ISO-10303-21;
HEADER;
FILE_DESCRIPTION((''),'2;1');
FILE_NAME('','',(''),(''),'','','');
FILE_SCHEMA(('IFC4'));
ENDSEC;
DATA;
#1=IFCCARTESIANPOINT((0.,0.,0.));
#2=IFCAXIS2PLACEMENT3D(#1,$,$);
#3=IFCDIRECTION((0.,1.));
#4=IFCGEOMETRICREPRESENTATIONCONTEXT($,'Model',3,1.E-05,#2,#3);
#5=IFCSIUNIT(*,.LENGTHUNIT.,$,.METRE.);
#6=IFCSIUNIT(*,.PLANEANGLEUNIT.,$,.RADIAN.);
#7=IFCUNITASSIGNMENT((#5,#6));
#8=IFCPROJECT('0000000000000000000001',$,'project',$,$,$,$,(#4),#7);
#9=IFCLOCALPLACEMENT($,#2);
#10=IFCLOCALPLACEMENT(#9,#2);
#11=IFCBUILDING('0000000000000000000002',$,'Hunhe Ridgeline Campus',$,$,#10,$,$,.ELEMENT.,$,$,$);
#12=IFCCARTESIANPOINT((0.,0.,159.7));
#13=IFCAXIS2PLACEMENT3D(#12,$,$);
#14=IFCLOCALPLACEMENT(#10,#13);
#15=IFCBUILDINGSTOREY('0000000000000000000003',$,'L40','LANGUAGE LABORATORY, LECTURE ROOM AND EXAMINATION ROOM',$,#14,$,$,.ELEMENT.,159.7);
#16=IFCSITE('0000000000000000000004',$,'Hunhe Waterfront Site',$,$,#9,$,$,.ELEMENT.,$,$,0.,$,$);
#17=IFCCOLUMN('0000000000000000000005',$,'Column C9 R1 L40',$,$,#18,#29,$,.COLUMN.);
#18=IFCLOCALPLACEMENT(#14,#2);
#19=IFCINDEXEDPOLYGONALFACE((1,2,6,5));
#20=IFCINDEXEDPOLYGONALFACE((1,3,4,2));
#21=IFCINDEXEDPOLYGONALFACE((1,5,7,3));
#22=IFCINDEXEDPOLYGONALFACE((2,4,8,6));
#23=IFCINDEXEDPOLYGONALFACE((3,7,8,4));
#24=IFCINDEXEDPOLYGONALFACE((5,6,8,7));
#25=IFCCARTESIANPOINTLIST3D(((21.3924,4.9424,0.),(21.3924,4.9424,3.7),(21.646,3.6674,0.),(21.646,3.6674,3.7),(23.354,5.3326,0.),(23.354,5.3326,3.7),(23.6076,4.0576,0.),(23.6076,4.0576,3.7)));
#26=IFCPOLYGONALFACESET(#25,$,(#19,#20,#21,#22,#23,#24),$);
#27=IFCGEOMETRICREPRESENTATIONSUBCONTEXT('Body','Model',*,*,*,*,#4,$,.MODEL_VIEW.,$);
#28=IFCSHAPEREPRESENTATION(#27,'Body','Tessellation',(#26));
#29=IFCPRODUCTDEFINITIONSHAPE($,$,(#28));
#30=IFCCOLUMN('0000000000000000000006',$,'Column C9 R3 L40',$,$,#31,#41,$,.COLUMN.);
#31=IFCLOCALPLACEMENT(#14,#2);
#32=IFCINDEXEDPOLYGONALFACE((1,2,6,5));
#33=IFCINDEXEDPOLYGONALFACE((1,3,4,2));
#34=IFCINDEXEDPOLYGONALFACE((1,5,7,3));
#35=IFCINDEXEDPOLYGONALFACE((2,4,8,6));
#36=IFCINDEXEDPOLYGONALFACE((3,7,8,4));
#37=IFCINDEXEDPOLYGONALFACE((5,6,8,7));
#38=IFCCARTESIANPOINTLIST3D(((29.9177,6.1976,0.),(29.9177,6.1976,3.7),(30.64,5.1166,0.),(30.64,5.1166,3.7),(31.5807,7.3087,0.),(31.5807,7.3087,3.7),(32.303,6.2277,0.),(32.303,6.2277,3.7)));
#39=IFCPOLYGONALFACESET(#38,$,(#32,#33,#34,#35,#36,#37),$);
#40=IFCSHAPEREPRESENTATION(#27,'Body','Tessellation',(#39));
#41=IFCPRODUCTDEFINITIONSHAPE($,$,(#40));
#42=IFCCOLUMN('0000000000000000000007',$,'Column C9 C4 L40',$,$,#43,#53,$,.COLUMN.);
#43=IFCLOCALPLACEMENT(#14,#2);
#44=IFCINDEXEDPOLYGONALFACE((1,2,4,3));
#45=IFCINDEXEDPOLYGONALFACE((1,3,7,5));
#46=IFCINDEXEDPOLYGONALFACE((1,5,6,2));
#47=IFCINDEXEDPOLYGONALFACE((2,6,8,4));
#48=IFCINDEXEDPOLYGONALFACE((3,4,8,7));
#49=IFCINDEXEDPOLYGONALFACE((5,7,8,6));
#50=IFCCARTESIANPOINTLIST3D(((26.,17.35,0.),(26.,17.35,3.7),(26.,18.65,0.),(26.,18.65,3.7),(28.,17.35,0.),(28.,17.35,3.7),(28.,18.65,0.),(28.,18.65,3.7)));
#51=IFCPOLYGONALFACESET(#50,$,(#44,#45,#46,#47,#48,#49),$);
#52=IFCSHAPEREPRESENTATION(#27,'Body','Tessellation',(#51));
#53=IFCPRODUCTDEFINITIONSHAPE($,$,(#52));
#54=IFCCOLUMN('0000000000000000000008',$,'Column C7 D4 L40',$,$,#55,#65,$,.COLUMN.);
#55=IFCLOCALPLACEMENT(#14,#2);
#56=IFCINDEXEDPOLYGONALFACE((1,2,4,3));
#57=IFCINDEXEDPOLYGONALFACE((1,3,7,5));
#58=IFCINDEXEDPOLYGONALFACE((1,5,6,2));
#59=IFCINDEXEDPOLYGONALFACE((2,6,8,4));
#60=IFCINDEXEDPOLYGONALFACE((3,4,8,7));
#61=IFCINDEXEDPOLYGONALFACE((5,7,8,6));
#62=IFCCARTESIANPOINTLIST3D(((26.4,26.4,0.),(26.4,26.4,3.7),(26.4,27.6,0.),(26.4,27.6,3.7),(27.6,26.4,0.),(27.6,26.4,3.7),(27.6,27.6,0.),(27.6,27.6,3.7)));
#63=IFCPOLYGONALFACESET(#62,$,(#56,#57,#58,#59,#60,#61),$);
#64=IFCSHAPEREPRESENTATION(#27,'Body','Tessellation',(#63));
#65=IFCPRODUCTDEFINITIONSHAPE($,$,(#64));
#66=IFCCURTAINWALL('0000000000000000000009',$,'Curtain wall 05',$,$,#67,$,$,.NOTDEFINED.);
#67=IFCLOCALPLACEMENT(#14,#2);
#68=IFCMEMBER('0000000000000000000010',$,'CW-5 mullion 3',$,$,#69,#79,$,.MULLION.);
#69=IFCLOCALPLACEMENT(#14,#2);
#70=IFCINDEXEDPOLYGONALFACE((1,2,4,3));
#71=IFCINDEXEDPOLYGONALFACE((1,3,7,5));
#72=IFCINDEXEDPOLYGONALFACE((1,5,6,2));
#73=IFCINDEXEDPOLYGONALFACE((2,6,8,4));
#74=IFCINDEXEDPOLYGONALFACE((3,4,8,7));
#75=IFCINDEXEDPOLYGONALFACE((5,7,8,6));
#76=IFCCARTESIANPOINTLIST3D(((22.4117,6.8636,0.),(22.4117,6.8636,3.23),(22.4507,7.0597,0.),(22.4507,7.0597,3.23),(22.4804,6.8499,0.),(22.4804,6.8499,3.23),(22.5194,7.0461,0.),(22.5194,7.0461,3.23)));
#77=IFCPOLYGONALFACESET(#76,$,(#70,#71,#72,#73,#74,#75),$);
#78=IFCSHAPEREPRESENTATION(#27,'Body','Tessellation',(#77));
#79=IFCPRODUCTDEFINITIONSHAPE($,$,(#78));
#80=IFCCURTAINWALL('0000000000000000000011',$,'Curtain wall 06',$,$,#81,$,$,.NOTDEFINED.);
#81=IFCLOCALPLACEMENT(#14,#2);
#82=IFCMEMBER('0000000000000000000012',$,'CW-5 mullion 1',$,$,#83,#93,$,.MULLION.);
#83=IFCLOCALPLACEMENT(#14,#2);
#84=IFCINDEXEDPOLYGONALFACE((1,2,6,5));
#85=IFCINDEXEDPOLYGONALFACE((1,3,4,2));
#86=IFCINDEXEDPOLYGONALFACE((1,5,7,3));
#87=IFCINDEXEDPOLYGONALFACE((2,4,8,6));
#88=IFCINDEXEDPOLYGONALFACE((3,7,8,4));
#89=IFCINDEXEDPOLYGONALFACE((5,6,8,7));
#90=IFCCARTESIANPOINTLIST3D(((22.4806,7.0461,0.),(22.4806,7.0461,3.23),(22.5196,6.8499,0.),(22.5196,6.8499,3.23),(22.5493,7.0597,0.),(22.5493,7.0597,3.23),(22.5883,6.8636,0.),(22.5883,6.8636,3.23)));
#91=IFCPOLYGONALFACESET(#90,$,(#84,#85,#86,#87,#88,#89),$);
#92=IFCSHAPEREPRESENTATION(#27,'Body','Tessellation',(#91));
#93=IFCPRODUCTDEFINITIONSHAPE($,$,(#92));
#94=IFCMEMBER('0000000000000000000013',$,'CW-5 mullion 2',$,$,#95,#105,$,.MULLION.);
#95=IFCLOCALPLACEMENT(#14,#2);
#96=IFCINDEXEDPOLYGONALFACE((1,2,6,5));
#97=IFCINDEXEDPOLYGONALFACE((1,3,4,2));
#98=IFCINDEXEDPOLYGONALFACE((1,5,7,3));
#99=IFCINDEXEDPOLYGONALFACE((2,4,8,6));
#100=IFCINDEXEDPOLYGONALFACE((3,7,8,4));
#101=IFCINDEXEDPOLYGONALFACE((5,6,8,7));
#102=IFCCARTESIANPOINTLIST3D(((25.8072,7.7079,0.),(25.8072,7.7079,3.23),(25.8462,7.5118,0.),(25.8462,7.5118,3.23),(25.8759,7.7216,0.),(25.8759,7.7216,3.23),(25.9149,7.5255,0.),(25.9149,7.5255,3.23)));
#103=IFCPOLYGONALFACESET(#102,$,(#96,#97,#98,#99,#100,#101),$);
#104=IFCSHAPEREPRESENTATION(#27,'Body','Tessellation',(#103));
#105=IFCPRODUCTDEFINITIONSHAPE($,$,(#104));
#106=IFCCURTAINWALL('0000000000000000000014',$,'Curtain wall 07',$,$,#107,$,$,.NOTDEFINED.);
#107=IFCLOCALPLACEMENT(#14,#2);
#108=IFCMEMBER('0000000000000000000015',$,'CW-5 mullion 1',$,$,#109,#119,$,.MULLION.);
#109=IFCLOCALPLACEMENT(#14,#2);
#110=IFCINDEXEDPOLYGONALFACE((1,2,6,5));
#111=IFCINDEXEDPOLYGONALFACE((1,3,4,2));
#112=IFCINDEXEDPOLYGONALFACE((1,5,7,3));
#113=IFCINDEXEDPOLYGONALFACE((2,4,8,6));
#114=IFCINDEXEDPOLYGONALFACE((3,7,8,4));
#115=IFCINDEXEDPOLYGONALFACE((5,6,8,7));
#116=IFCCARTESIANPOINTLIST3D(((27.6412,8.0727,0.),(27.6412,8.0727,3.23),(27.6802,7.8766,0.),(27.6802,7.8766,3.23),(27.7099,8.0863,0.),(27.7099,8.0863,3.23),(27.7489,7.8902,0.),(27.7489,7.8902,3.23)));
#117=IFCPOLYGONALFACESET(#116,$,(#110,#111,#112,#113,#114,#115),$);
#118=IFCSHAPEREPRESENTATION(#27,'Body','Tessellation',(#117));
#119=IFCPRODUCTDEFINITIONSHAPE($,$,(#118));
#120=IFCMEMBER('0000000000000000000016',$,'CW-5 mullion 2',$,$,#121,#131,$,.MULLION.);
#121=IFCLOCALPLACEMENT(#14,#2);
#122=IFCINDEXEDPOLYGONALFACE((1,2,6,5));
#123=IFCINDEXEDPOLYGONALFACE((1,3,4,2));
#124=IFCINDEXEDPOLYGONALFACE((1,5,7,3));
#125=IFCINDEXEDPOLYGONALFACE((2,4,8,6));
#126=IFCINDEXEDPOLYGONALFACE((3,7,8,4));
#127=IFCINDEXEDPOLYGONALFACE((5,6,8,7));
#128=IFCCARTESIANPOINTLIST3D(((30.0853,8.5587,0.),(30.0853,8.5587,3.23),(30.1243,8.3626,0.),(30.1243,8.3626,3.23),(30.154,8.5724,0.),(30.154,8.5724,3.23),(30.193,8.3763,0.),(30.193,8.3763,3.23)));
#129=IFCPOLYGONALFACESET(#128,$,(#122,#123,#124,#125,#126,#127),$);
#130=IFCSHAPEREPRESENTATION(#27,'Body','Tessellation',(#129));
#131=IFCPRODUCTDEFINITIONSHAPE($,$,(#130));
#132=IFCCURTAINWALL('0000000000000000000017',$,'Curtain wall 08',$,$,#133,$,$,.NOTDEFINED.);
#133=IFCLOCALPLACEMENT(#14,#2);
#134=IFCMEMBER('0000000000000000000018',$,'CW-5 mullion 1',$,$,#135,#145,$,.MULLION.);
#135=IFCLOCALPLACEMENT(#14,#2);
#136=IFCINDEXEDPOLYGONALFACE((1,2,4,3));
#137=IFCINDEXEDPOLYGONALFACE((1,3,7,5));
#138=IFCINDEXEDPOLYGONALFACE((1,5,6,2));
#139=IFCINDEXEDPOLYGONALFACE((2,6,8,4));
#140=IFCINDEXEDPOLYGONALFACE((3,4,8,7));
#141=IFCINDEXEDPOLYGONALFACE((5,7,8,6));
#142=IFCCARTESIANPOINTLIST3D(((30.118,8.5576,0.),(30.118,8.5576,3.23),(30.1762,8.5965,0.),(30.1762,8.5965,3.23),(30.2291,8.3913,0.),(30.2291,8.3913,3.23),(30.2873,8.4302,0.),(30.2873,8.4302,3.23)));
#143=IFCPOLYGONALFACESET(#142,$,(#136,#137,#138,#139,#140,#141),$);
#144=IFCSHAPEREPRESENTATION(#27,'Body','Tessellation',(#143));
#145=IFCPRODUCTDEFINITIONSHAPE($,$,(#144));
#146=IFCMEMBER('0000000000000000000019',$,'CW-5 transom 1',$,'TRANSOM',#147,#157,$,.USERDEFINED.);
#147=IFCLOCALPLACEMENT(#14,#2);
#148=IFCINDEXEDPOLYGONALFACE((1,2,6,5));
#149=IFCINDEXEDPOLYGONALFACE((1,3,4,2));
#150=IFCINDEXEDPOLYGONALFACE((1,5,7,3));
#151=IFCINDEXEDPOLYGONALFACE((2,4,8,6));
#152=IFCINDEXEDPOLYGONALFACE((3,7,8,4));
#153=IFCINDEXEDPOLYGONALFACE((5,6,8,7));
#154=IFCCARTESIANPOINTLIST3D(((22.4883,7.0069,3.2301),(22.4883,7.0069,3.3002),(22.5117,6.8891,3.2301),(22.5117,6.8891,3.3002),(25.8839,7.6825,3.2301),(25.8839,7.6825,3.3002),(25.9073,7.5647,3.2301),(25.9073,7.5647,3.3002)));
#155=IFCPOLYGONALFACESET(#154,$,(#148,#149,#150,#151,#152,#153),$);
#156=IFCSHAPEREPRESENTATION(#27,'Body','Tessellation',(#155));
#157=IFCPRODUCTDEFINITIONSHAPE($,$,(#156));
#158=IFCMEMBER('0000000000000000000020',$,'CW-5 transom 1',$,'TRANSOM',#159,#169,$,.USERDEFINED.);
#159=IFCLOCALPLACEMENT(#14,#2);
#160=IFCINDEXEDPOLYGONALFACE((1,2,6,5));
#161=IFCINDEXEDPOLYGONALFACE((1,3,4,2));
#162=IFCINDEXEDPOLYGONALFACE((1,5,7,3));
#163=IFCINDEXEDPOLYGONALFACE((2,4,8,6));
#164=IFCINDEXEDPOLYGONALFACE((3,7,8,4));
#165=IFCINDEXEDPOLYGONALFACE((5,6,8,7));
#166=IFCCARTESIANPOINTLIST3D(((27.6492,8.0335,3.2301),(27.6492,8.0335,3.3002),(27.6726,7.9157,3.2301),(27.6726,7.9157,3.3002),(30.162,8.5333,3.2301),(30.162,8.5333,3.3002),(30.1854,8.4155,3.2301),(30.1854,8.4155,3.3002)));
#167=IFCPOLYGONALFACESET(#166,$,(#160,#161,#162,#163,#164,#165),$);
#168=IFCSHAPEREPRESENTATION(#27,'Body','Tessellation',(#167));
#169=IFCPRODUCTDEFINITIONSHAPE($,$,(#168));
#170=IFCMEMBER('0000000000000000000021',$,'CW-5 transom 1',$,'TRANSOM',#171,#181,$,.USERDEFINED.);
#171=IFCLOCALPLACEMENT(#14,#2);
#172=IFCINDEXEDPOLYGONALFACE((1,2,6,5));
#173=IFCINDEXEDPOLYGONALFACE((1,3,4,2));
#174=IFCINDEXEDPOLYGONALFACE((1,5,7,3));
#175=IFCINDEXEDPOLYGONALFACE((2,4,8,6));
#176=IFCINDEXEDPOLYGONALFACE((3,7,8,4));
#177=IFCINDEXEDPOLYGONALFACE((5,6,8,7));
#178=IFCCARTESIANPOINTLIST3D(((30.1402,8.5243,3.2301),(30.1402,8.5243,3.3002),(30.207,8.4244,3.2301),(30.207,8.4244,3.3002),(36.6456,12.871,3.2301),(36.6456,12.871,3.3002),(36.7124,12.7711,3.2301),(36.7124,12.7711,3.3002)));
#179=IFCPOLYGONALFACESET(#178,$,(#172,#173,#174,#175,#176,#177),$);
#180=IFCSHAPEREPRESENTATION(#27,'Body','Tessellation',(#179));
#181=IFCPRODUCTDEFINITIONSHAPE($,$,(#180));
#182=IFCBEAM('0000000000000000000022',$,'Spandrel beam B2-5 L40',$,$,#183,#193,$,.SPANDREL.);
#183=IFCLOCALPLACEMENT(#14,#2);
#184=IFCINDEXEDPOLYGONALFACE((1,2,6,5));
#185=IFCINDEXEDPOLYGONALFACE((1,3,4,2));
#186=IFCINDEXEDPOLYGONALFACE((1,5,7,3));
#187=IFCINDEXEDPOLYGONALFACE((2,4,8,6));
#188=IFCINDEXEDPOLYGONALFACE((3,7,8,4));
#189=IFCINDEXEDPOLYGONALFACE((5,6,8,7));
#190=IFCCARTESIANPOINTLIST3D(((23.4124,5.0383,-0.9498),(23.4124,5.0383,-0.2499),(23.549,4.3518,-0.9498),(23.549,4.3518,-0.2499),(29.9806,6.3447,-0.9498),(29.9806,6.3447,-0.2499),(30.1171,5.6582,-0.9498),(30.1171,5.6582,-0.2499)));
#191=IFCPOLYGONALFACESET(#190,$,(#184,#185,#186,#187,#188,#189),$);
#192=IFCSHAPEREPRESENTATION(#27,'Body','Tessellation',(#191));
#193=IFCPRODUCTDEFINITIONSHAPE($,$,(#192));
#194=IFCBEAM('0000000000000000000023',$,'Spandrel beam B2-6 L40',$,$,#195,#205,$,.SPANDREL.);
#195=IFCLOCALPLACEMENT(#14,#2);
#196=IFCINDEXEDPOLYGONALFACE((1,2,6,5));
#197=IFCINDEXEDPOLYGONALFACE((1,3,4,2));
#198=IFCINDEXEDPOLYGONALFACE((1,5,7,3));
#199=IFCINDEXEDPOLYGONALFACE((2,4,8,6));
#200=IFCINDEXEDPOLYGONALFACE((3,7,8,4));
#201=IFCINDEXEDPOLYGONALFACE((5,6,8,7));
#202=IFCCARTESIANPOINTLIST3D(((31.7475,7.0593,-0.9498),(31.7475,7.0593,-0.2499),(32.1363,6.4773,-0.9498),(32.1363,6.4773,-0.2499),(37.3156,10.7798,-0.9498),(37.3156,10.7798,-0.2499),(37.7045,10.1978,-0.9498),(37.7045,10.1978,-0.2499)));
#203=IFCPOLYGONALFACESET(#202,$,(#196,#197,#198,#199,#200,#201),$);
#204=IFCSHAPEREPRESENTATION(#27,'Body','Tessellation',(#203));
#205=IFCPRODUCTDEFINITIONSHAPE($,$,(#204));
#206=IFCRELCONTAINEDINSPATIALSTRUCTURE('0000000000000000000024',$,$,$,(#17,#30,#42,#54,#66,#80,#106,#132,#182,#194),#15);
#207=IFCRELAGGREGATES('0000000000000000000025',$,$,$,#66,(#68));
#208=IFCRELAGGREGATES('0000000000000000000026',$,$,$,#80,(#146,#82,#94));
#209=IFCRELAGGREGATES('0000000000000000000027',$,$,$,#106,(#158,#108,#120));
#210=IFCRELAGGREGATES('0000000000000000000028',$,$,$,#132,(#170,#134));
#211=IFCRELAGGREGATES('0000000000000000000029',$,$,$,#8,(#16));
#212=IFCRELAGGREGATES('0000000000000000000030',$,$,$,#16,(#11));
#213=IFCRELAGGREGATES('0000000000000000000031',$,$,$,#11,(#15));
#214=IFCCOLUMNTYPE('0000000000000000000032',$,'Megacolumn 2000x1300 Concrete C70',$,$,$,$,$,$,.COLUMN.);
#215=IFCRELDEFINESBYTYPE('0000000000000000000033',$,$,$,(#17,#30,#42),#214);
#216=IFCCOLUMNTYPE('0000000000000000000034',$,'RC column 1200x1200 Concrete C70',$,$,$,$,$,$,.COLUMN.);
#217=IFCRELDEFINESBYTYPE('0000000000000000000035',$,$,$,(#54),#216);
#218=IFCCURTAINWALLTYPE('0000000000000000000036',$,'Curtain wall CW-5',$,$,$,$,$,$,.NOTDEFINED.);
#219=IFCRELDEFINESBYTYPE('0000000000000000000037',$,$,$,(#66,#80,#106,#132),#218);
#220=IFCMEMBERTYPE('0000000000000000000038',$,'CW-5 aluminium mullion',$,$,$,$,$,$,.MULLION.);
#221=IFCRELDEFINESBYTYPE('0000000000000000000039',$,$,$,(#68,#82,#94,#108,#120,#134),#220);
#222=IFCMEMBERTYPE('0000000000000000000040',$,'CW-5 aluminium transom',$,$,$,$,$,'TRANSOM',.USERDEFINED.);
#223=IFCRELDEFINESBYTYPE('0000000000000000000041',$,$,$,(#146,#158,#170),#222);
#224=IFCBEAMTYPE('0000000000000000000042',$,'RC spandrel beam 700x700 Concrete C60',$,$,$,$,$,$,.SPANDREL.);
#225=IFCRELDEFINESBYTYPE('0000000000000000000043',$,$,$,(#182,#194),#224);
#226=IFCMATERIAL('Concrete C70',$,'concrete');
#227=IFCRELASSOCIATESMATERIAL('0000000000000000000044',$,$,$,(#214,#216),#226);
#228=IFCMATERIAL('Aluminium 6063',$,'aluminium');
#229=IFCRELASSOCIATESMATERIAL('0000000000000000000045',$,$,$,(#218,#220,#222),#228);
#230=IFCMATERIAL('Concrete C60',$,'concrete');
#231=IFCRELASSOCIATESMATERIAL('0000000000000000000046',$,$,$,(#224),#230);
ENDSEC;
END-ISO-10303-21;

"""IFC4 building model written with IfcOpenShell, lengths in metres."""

from ifc_helpers import new_model, si_unit, direction, frame, origin, origin_2d, place, context, subcontext, project, spatial, rectangle, extrude, material, material_profile, profile_set, type_object, element, aggregate, save


model = new_model("IFC4")

# Units and contexts
model_context = context("Model", 3, precision=1e-05, world=origin(), true_north=direction((0.0, 1.0)))
body_context = subcontext(model_context, "Body", "Model", "MODEL_VIEW")
ifc_project = project(units=[si_unit("LENGTHUNIT", "METRE"), si_unit("PLANEANGLEUNIT", "RADIAN")], contexts=[model_context])

# Site, building, storey
site_placement = place(None, origin())
site = spatial("IfcSite", under=ifc_project, at=site_placement, Name="Hunhe Waterfront Site", CompositionType="ELEMENT", RefElevation=0.0)
building_placement = place(site_placement, origin())
building = spatial("IfcBuilding", under=site, at=building_placement, Name="Hunhe Ridgeline Campus", CompositionType="ELEMENT")
storey_placement = place(building_placement, frame((0.0, 0.0, 159.7)))
storey = spatial("IfcBuildingStorey", under=building, at=storey_placement, Name="L40", Description="LANGUAGE LABORATORY, LECTURE ROOM AND EXAMINATION ROOM", CompositionType="ELEMENT", Elevation=159.7)

# Columns
ifc_material_1 = material(Name="Concrete C70", Category="concrete")
ifc_material_profile_1 = material_profile(ifc_material_1, rectangle(XDim=2.0, YDim=1.3, at=origin_2d()))
ifc_profile_set_1 = profile_set([ifc_material_profile_1], Name="Concrete C70")
column_type_1 = type_object("IfcColumnType", Name="Megacolumn 2000x1300 Concrete C70", PredefinedType="COLUMN", material=ifc_profile_set_1)
for number, where, z_axis, x_axis, name in (
    (1, (22.5, 4.5, 0.0), (0.0, 0.0, 1.0), (0.980785, 0.19509, 0.0), "Column C9 R1 L40"),
    (2, (31.1104, 6.2126, 0.0), (0.0, 0.0, 1.0), (0.83147, 0.55557, 0.0), "Column C9 R3 L40"),
    (3, (27.0, 18.0, 0.0), (0.0, 0.0, 1.0), (1.0, 0.0, 0.0), "Column C9 C4 L40"),
):
    element("IfcColumn", number, at=place(storey_placement, frame(where, z_axis=z_axis, x_axis=x_axis)), inside=storey, type_object=column_type_1, Name=name, PredefinedType="COLUMN", context=body_context, shape_type="SweptSolid", body=[
        extrude(rectangle(XDim=2.0, YDim=1.3, at=origin_2d()), origin(), (0.0, 0.0, 1.0), 3.7),
    ])
ifc_material_profile_2 = material_profile(ifc_material_1, rectangle(XDim=1.2, YDim=1.2, at=origin_2d()))
ifc_profile_set_2 = profile_set([ifc_material_profile_2], Name="Concrete C70")
column_type_2 = type_object("IfcColumnType", Name="RC column 1200x1200 Concrete C70", PredefinedType="COLUMN", material=ifc_profile_set_2)
column_placement = place(storey_placement, frame((27.0, 27.0, 0.0), z_axis=(0.0, 0.0, 1.0), x_axis=(1.0, 0.0, 0.0)))
element("IfcColumn", 4, at=column_placement, inside=storey, type_object=column_type_2, Name="Column C7 D4 L40", PredefinedType="COLUMN", context=body_context, shape_type="SweptSolid", body=[
    extrude(rectangle(XDim=1.2, YDim=1.2, at=origin_2d()), origin(), (0.0, 0.0, 1.0), 3.7),
])

# Curtain wall, member
ifc_material_2 = material(Name="Aluminium 6063", Category="aluminium")
curtain_wall_type = type_object("IfcCurtainWallType", Name="Curtain wall CW-5", PredefinedType="NOTDEFINED", material=ifc_material_2)
curtain_wall_1_placement = place(storey_placement, origin())
curtain_wall_1 = element("IfcCurtainWall", 5, at=curtain_wall_1_placement, inside=storey, type_object=curtain_wall_type, Name="Curtain wall 05", PredefinedType="NOTDEFINED")
ifc_material_profile_3 = material_profile(ifc_material_2, rectangle(XDim=0.2, YDim=0.0701, at=origin_2d()))
ifc_profile_set_3 = profile_set([ifc_material_profile_3], Name="Aluminium 6063")
member_type_1 = type_object("IfcMemberType", Name="CW-5 aluminium mullion", PredefinedType="MULLION", material=ifc_profile_set_3)
member_1_placement = place(storey_placement, frame((22.4656, 6.9548, 0.0), z_axis=(0.0, 0.0, 1.0), x_axis=(0.19509, 0.980785, 0.0)))
member_1 = element("IfcMember", 6, at=member_1_placement, type_object=member_type_1, Name="CW-5 mullion 3", PredefinedType="MULLION", context=body_context, shape_type="SweptSolid", body=[
    extrude(rectangle(XDim=0.2, YDim=0.0701, at=origin_2d()), origin(), (0.0, 0.0, 1.0), 3.23),
])

# Curtain walls, members
curtain_wall_2_placement = place(storey_placement, origin())
curtain_wall_2 = element("IfcCurtainWall", 7, at=curtain_wall_2_placement, inside=storey, type_object=curtain_wall_type, Name="Curtain wall 06", PredefinedType="NOTDEFINED")
member_2_placement = place(storey_placement, frame((22.5344, 6.9548, 0.0), z_axis=(0.0, 0.0, 1.0), x_axis=(-0.19509, 0.980785, 0.0)))
member_2 = element("IfcMember", 8, at=member_2_placement, type_object=member_type_1, Name="CW-5 mullion 1", PredefinedType="MULLION", context=body_context, shape_type="SweptSolid", body=[
    extrude(rectangle(XDim=0.2, YDim=0.0701, at=origin_2d()), origin(), (0.0, 0.0, 1.0), 3.23),
])
member_3_placement = place(storey_placement, frame((25.8611, 7.6167, 0.0), z_axis=(0.0, 0.0, 1.0), x_axis=(-0.19509, 0.980785, 0.0)))
member_3 = element("IfcMember", 9, at=member_3_placement, type_object=member_type_1, Name="CW-5 mullion 2", PredefinedType="MULLION", context=body_context, shape_type="SweptSolid", body=[
    extrude(rectangle(XDim=0.2, YDim=0.0701, at=origin_2d()), origin(), (0.0, 0.0, 1.0), 3.23),
])
curtain_wall_3_placement = place(storey_placement, origin())
curtain_wall_3 = element("IfcCurtainWall", 10, at=curtain_wall_3_placement, inside=storey, type_object=curtain_wall_type, Name="Curtain wall 07", PredefinedType="NOTDEFINED")
member_4_placement = place(storey_placement, frame((27.6951, 7.9814, 0.0), z_axis=(0.0, 0.0, 1.0), x_axis=(-0.195091, 0.980785, 0.0)))
member_4 = element("IfcMember", 11, at=member_4_placement, type_object=member_type_1, Name="CW-5 mullion 1", PredefinedType="MULLION", context=body_context, shape_type="SweptSolid", body=[
    extrude(rectangle(XDim=0.2, YDim=0.0701, at=origin_2d()), origin(), (0.0, 0.0, 1.0), 3.23),
])
member_5_placement = place(storey_placement, frame((30.1392, 8.4675, 0.0), z_axis=(0.0, 0.0, 1.0), x_axis=(-0.195091, 0.980785, 0.0)))
member_5 = element("IfcMember", 12, at=member_5_placement, type_object=member_type_1, Name="CW-5 mullion 2", PredefinedType="MULLION", context=body_context, shape_type="SweptSolid", body=[
    extrude(rectangle(XDim=0.2, YDim=0.0701, at=origin_2d()), origin(), (0.0, 0.0, 1.0), 3.23),
])

# Curtain wall, member
curtain_wall_4_placement = place(storey_placement, origin())
curtain_wall_4 = element("IfcCurtainWall", 13, at=curtain_wall_4_placement, inside=storey, type_object=curtain_wall_type, Name="Curtain wall 08", PredefinedType="NOTDEFINED")
member_6_placement = place(storey_placement, frame((30.2026, 8.4939, 0.0), z_axis=(0.0, 0.0, 1.0), x_axis=(-0.55557, 0.83147, 0.0)))
member_6 = element("IfcMember", 14, at=member_6_placement, type_object=member_type_1, Name="CW-5 mullion 1", PredefinedType="MULLION", context=body_context, shape_type="SweptSolid", body=[
    extrude(rectangle(XDim=0.2, YDim=0.0701, at=origin_2d()), origin(), (0.0, 0.0, 1.0), 3.23),
])

# Members
ifc_material_profile_4 = material_profile(ifc_material_2, rectangle(XDim=0.1201, YDim=0.0701, at=origin_2d()))
ifc_profile_set_4 = profile_set([ifc_material_profile_4], Name="Aluminium 6063")
member_type_2 = type_object("IfcMemberType", Name="CW-5 aluminium transom", ElementType="TRANSOM", PredefinedType="USERDEFINED", material=ifc_profile_set_4)
member_7_placement = place(storey_placement, frame((22.5, 6.948, 3.2651), z_axis=(0.980778, 0.195126, 0.0), x_axis=(-0.195126, 0.980778, 0.0)))
member_7 = element("IfcMember", 15, at=member_7_placement, type_object=member_type_2, Name="CW-5 transom 1", ObjectType="TRANSOM", PredefinedType="USERDEFINED", context=body_context, shape_type="SweptSolid", body=[
    extrude(rectangle(XDim=0.1201, YDim=0.0701, at=origin_2d()), origin(), (0.0, 0.0, 1.0), 3.4622),
])
member_8_placement = place(storey_placement, frame((27.6609, 7.9746, 3.2651), z_axis=(0.980789, 0.195071, 0.0), x_axis=(-0.195071, 0.980789, 0.0)))
member_8 = element("IfcMember", 16, at=member_8_placement, type_object=member_type_2, Name="CW-5 transom 1", ObjectType="TRANSOM", PredefinedType="USERDEFINED", context=body_context, shape_type="SweptSolid", body=[
    extrude(rectangle(XDim=0.1201, YDim=0.0701, at=origin_2d()), origin(), (0.0, 0.0, 1.0), 2.562),
])
member_9_placement = place(storey_placement, frame((30.1736, 8.4744, 3.2651), z_axis=(0.831474, 0.555564, 0.0), x_axis=(-0.555564, 0.831474, 0.0)))
member_9 = element("IfcMember", 17, at=member_9_placement, type_object=member_type_2, Name="CW-5 transom 1", ObjectType="TRANSOM", PredefinedType="USERDEFINED", context=body_context, shape_type="SweptSolid", body=[
    extrude(rectangle(XDim=0.1201, YDim=0.0701, at=origin_2d()), origin(), (0.0, 0.0, 1.0), 7.824),
])

# Beams
ifc_material_3 = material(Name="Concrete C60", Category="concrete")
ifc_material_profile_5 = material_profile(ifc_material_3, rectangle(XDim=0.7, YDim=0.7, at=origin_2d()))
ifc_profile_set_5 = profile_set([ifc_material_profile_5], Name="Concrete C60")
beam_type = type_object("IfcBeamType", Name="RC spandrel beam 700x700 Concrete C60", PredefinedType="SPANDREL", material=ifc_profile_set_5)
for number, where, z_axis, x_axis, name in (
    (18, (23.4807, 4.6951, -0.5999), (0.980788, 0.195078, 0.0), (-0.195078, 0.980788, 0.0), "Spandrel beam B2-5 L40"),
    (19, (31.9419, 6.7683, -0.5999), (0.831472, 0.555566, 0.0), (-0.555566, 0.831472, 0.0), "Spandrel beam B2-6 L40"),
):
    element("IfcBeam", number, at=place(storey_placement, frame(where, z_axis=z_axis, x_axis=x_axis)), inside=storey, type_object=beam_type, Name=name, PredefinedType="SPANDREL", context=body_context, shape_type="SweptSolid", body=[
        extrude(rectangle(XDim=0.7, YDim=0.7, at=origin_2d()), origin(), (0.0, 0.0, 1.0), 6.6968),
    ])

aggregate(curtain_wall_1, [member_1])
aggregate(curtain_wall_2, [member_7, member_2, member_3])
aggregate(curtain_wall_3, [member_8, member_4, member_5])
aggregate(curtain_wall_4, [member_9, member_6])

save(model, "model.ifc")
